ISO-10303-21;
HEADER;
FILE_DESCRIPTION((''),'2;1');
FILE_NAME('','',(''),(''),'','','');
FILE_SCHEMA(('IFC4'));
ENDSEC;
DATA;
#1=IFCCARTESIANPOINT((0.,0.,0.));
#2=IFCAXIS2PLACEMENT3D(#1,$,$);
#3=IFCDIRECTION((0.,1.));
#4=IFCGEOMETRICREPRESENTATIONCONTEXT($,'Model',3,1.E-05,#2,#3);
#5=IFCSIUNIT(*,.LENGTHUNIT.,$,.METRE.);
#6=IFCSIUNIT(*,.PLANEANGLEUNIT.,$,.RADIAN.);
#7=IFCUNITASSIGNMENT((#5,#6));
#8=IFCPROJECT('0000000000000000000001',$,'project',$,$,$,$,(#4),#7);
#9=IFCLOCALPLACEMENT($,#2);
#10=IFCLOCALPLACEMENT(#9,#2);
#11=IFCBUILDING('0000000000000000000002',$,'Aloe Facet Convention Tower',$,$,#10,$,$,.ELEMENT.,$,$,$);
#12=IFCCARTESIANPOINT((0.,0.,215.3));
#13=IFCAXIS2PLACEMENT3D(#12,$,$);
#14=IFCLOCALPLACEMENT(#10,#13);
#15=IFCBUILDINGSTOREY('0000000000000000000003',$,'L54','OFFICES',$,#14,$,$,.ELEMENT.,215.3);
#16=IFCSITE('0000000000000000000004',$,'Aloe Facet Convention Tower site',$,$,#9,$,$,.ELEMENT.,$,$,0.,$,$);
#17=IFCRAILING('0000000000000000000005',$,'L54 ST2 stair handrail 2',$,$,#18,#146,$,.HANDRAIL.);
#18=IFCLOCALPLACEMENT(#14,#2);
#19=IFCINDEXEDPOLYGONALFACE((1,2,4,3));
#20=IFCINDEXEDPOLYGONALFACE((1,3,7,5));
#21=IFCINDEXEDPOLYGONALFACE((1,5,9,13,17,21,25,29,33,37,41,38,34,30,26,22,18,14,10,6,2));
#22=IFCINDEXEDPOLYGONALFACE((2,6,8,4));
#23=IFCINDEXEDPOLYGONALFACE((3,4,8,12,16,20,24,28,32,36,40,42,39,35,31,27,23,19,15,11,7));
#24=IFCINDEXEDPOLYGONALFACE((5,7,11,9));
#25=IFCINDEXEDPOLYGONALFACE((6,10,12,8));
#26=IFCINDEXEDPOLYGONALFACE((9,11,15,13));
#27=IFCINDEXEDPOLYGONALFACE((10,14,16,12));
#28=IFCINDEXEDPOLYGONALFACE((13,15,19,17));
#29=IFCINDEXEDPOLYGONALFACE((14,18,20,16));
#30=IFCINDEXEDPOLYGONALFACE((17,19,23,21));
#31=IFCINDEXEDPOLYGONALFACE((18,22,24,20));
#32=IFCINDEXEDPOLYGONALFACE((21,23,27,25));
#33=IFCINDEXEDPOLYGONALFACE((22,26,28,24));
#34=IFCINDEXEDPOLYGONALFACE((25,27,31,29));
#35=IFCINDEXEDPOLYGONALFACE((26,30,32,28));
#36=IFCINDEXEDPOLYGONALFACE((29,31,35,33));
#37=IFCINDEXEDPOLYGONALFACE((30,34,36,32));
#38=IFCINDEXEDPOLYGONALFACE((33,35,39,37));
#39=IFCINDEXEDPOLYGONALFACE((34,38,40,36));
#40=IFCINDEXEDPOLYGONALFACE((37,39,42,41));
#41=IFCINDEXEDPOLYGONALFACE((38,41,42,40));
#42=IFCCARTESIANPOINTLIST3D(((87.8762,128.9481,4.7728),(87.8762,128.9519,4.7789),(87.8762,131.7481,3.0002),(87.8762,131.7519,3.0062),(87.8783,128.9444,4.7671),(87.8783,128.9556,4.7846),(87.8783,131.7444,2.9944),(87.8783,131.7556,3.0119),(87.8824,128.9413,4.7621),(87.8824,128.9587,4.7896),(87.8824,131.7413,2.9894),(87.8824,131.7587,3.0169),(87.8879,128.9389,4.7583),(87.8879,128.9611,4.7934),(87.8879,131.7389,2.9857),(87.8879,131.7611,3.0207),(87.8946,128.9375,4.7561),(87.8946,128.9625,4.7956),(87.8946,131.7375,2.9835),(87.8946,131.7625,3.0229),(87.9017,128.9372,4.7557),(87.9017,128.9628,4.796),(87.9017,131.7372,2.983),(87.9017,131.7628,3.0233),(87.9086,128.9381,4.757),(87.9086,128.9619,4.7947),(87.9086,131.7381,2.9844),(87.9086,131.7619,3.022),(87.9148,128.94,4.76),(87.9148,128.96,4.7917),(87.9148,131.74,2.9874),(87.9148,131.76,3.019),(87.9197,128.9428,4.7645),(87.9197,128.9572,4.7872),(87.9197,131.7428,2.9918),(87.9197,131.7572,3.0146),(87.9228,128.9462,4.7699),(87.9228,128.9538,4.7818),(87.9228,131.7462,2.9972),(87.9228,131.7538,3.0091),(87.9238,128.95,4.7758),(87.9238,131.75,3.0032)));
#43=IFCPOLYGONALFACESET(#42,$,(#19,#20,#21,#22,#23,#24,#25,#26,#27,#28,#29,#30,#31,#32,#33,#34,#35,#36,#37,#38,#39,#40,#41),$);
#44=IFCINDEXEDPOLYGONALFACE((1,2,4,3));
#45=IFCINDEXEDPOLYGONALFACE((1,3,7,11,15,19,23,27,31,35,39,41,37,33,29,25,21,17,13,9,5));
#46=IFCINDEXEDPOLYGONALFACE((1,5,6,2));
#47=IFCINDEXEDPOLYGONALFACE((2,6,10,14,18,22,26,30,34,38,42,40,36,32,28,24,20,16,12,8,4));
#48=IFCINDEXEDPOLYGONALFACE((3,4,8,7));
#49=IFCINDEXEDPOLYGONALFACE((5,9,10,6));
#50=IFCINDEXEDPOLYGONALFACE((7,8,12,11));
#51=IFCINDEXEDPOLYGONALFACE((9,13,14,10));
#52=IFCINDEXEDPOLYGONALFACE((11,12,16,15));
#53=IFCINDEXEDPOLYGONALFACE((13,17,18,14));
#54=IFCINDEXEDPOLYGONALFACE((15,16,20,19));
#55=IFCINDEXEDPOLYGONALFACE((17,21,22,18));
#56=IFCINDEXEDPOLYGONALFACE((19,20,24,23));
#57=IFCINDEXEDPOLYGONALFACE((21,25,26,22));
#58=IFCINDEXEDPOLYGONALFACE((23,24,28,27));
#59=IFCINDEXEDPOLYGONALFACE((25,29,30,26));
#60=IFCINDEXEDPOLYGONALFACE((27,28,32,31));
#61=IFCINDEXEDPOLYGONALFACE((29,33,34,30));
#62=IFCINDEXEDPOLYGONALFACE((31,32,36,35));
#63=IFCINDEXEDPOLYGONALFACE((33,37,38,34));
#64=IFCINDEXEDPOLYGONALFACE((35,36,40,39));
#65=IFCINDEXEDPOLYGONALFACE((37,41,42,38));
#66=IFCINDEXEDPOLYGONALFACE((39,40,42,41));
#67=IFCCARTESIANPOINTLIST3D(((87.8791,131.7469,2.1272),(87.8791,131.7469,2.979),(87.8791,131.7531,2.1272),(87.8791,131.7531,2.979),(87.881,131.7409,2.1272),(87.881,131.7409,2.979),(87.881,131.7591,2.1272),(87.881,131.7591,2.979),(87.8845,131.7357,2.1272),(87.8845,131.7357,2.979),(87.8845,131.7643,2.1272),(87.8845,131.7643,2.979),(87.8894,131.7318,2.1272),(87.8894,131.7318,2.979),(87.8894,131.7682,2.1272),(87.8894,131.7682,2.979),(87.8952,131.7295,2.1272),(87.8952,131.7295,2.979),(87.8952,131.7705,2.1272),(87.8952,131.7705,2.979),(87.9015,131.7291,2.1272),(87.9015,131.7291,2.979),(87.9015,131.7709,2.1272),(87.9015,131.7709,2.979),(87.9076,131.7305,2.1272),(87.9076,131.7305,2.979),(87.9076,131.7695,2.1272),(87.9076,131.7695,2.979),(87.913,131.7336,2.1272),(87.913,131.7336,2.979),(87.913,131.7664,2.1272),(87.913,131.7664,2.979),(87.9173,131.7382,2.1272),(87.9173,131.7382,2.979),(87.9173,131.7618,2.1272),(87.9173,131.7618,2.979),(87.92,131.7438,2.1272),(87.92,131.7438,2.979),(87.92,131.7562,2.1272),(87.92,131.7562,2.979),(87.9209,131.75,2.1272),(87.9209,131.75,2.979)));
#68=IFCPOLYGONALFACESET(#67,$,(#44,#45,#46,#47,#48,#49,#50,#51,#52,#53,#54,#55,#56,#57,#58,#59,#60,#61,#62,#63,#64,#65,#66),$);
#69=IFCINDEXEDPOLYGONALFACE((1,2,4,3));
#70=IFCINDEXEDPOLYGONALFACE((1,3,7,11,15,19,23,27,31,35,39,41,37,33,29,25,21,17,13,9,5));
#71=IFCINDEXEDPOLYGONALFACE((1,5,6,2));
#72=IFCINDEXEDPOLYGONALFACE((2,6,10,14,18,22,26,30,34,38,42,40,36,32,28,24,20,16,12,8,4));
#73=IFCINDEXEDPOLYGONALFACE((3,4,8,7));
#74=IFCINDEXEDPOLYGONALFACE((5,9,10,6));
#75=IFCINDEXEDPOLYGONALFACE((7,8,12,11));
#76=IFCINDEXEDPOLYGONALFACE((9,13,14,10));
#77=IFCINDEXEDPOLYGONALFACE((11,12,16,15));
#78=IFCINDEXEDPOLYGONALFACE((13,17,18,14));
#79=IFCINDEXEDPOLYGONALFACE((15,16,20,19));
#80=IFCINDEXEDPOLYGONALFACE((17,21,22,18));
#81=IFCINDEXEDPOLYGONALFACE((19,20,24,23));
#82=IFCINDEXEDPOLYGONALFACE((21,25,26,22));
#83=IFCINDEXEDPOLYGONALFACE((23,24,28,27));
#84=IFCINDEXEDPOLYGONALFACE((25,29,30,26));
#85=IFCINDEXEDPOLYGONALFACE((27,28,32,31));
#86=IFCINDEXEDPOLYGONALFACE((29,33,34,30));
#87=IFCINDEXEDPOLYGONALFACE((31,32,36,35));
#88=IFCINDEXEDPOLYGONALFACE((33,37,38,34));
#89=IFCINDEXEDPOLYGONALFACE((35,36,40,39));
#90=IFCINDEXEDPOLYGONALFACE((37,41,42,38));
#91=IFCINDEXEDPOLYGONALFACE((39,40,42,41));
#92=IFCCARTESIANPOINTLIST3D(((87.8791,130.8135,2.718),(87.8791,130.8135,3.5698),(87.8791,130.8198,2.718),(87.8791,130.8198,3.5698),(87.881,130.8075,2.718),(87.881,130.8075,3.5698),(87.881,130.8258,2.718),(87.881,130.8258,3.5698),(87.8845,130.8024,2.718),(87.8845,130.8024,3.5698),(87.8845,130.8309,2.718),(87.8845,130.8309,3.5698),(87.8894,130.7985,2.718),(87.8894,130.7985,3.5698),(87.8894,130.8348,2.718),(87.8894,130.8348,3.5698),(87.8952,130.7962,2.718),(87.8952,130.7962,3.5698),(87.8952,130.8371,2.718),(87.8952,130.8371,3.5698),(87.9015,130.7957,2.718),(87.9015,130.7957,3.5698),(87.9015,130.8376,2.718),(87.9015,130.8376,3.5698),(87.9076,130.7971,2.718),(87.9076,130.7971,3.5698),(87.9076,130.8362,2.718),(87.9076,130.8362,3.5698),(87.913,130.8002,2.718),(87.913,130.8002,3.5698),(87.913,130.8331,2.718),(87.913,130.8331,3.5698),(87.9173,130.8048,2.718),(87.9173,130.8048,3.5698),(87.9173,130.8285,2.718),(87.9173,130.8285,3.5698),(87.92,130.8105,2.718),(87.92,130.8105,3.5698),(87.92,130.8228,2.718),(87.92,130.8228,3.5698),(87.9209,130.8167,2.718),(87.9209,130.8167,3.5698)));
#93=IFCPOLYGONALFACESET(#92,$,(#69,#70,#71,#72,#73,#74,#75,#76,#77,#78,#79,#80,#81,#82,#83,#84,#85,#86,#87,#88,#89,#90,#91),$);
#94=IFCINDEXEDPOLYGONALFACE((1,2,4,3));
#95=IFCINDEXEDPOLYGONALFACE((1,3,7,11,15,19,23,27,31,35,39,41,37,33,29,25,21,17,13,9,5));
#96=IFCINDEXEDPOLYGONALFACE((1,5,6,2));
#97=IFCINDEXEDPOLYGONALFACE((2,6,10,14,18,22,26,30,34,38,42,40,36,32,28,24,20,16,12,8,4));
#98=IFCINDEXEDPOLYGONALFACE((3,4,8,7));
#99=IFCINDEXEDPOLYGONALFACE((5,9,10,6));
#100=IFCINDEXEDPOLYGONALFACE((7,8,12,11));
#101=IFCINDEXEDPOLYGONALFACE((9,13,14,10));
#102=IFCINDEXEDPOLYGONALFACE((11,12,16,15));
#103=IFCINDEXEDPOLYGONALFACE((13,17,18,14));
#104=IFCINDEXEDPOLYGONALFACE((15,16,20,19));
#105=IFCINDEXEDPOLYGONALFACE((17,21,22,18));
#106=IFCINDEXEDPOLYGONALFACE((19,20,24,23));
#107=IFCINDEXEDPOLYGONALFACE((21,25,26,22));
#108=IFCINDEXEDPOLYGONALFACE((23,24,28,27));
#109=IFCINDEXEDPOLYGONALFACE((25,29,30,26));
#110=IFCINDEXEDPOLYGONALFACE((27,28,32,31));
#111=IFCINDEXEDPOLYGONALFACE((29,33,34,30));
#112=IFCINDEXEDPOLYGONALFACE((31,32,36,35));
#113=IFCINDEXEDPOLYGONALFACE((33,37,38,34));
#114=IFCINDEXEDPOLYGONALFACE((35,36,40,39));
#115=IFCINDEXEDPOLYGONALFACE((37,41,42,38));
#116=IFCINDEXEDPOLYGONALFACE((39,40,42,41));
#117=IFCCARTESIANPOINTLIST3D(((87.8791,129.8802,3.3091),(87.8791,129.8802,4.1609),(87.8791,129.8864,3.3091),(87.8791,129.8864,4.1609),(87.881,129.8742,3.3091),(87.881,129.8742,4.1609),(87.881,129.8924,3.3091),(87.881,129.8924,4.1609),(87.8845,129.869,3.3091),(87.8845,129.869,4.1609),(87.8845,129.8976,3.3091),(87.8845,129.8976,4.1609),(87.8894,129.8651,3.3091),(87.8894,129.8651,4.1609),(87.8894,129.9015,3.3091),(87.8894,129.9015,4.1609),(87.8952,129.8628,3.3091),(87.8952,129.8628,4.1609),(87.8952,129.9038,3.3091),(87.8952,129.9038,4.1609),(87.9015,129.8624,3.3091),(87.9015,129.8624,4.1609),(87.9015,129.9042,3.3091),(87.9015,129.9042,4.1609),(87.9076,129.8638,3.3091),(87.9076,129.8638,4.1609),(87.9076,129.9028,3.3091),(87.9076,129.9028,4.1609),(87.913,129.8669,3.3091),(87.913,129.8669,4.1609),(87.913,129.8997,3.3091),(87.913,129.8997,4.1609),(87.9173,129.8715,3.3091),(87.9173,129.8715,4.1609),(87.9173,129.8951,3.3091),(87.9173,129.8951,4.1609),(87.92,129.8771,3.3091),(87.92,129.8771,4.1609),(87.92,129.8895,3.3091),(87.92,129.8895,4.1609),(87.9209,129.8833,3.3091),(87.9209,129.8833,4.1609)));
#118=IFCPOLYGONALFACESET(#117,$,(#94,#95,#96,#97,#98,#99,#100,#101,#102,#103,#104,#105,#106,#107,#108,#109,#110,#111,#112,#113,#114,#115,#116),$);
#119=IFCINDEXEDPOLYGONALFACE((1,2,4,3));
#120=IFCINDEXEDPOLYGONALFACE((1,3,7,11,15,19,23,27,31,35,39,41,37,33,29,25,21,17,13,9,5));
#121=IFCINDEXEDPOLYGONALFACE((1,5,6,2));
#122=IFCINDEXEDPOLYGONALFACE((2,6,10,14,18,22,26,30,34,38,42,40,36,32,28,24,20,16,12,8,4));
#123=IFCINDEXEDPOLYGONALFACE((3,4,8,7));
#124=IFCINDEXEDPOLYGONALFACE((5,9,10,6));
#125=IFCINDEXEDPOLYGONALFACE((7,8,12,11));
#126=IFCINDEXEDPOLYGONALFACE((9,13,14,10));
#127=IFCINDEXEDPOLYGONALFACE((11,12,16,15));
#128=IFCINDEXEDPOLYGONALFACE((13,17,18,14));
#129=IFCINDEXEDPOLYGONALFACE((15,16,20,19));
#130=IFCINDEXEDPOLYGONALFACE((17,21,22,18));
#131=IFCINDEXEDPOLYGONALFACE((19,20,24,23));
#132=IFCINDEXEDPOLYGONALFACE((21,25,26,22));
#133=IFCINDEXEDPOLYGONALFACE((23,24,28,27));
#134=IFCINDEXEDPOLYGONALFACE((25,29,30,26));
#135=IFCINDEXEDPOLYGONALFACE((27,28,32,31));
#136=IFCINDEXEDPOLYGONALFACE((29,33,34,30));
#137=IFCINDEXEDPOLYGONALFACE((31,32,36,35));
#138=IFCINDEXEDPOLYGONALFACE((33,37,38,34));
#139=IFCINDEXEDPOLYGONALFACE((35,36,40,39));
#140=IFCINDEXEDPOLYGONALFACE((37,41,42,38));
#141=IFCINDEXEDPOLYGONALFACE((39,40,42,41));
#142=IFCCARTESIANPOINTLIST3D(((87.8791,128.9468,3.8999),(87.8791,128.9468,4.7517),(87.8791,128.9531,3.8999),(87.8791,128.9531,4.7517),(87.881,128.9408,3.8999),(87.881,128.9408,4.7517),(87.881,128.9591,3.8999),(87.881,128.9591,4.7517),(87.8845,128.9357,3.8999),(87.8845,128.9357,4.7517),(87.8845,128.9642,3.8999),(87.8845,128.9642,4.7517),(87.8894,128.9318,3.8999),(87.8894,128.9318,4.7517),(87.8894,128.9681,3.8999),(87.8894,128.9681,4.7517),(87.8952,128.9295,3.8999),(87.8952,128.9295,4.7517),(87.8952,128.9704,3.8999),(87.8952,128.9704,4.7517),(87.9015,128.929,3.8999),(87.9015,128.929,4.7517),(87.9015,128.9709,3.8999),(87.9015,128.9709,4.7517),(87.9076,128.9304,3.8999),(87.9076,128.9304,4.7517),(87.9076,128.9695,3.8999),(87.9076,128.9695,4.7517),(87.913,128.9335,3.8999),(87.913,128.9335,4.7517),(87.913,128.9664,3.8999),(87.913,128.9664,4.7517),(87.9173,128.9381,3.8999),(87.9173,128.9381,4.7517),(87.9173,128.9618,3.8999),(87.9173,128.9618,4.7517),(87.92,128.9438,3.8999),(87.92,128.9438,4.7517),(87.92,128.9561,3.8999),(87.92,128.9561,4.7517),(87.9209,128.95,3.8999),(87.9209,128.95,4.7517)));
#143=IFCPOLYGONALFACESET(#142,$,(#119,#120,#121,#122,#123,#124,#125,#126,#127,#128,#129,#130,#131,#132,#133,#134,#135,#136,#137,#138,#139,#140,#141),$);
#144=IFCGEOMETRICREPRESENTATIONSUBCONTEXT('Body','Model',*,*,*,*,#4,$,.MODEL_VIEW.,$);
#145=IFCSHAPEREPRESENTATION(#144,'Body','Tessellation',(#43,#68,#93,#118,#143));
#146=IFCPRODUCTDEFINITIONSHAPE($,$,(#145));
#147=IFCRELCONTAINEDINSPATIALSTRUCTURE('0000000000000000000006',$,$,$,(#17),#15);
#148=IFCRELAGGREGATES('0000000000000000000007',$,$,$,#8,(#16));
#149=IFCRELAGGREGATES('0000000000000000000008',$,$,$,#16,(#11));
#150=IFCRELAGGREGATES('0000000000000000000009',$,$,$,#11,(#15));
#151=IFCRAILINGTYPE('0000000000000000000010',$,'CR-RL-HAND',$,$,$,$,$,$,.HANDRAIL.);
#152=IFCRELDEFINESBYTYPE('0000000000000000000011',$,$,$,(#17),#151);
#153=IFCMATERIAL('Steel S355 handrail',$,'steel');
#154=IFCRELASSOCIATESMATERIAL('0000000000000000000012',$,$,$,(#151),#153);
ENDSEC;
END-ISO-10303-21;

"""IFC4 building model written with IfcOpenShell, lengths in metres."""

from ifc_helpers import new_model, si_unit, direction, frame, origin, origin_2d, place, context, subcontext, project, spatial, circle, extrude, material, type_object, element, save


model = new_model("IFC4")

# Units and contexts
model_context = context("Model", 3, precision=1e-05, world=origin(), true_north=direction((0.0, 1.0)))
body_context = subcontext(model_context, "Body", "Model", "MODEL_VIEW")
ifc_project = project(units=[si_unit("LENGTHUNIT", "METRE"), si_unit("PLANEANGLEUNIT", "RADIAN")], contexts=[model_context])

# Site, building, storey
site_placement = place(None, origin())
site = spatial("IfcSite", under=ifc_project, at=site_placement, Name="Aloe Facet Convention Tower site", CompositionType="ELEMENT", RefElevation=0.0)
building_placement = place(site_placement, origin())
building = spatial("IfcBuilding", under=site, at=building_placement, Name="Aloe Facet Convention Tower", CompositionType="ELEMENT")
storey_placement = place(building_placement, frame((0.0, 0.0, 215.3)))
storey = spatial("IfcBuildingStorey", under=building, at=storey_placement, Name="L54", Description="OFFICES", CompositionType="ELEMENT", Elevation=215.3)

# Railing
ifc_material_1 = material(Name="Steel S355 handrail", Category="steel")
railing_type_1 = type_object("IfcRailingType", Name="CR-RL-HAND", PredefinedType="HANDRAIL", material=ifc_material_1)
railing_1_placement = place(storey_placement, frame((87.8999, 131.75, 2.1272)))
element("IfcRailing", 1, at=railing_1_placement, inside=storey, type_object=railing_type_1, Name="L54 ST2 stair handrail 2", PredefinedType="HANDRAIL", context=body_context, shape_type="SweptSolid", body=[
    extrude(circle(Radius=0.0239, at=origin_2d()), frame((0.0, 0.0, 0.876), z_axis=(0.0, -0.844909, 0.53491), x_axis=(1.0, 0.0, 0.0)), (0.0, 0.0, 1.0), 3.314),
    extrude(circle(Radius=0.021, at=origin_2d()), origin(), (0.0, 0.0, 1.0), 0.8518),
    extrude(circle(Radius=0.021, at=origin_2d()), frame((0.0, -0.9333, 0.5908)), (0.0, 0.0, 1.0), 0.8518),
    extrude(circle(Radius=0.021, at=origin_2d()), frame((0.0, -1.8667, 1.1819)), (0.0, 0.0, 1.0), 0.8518),
    extrude(circle(Radius=0.021, at=origin_2d()), frame((0.0, -2.8, 1.7727)), (0.0, 0.0, 1.0), 0.8518),
])

save(model, "model.ifc")
